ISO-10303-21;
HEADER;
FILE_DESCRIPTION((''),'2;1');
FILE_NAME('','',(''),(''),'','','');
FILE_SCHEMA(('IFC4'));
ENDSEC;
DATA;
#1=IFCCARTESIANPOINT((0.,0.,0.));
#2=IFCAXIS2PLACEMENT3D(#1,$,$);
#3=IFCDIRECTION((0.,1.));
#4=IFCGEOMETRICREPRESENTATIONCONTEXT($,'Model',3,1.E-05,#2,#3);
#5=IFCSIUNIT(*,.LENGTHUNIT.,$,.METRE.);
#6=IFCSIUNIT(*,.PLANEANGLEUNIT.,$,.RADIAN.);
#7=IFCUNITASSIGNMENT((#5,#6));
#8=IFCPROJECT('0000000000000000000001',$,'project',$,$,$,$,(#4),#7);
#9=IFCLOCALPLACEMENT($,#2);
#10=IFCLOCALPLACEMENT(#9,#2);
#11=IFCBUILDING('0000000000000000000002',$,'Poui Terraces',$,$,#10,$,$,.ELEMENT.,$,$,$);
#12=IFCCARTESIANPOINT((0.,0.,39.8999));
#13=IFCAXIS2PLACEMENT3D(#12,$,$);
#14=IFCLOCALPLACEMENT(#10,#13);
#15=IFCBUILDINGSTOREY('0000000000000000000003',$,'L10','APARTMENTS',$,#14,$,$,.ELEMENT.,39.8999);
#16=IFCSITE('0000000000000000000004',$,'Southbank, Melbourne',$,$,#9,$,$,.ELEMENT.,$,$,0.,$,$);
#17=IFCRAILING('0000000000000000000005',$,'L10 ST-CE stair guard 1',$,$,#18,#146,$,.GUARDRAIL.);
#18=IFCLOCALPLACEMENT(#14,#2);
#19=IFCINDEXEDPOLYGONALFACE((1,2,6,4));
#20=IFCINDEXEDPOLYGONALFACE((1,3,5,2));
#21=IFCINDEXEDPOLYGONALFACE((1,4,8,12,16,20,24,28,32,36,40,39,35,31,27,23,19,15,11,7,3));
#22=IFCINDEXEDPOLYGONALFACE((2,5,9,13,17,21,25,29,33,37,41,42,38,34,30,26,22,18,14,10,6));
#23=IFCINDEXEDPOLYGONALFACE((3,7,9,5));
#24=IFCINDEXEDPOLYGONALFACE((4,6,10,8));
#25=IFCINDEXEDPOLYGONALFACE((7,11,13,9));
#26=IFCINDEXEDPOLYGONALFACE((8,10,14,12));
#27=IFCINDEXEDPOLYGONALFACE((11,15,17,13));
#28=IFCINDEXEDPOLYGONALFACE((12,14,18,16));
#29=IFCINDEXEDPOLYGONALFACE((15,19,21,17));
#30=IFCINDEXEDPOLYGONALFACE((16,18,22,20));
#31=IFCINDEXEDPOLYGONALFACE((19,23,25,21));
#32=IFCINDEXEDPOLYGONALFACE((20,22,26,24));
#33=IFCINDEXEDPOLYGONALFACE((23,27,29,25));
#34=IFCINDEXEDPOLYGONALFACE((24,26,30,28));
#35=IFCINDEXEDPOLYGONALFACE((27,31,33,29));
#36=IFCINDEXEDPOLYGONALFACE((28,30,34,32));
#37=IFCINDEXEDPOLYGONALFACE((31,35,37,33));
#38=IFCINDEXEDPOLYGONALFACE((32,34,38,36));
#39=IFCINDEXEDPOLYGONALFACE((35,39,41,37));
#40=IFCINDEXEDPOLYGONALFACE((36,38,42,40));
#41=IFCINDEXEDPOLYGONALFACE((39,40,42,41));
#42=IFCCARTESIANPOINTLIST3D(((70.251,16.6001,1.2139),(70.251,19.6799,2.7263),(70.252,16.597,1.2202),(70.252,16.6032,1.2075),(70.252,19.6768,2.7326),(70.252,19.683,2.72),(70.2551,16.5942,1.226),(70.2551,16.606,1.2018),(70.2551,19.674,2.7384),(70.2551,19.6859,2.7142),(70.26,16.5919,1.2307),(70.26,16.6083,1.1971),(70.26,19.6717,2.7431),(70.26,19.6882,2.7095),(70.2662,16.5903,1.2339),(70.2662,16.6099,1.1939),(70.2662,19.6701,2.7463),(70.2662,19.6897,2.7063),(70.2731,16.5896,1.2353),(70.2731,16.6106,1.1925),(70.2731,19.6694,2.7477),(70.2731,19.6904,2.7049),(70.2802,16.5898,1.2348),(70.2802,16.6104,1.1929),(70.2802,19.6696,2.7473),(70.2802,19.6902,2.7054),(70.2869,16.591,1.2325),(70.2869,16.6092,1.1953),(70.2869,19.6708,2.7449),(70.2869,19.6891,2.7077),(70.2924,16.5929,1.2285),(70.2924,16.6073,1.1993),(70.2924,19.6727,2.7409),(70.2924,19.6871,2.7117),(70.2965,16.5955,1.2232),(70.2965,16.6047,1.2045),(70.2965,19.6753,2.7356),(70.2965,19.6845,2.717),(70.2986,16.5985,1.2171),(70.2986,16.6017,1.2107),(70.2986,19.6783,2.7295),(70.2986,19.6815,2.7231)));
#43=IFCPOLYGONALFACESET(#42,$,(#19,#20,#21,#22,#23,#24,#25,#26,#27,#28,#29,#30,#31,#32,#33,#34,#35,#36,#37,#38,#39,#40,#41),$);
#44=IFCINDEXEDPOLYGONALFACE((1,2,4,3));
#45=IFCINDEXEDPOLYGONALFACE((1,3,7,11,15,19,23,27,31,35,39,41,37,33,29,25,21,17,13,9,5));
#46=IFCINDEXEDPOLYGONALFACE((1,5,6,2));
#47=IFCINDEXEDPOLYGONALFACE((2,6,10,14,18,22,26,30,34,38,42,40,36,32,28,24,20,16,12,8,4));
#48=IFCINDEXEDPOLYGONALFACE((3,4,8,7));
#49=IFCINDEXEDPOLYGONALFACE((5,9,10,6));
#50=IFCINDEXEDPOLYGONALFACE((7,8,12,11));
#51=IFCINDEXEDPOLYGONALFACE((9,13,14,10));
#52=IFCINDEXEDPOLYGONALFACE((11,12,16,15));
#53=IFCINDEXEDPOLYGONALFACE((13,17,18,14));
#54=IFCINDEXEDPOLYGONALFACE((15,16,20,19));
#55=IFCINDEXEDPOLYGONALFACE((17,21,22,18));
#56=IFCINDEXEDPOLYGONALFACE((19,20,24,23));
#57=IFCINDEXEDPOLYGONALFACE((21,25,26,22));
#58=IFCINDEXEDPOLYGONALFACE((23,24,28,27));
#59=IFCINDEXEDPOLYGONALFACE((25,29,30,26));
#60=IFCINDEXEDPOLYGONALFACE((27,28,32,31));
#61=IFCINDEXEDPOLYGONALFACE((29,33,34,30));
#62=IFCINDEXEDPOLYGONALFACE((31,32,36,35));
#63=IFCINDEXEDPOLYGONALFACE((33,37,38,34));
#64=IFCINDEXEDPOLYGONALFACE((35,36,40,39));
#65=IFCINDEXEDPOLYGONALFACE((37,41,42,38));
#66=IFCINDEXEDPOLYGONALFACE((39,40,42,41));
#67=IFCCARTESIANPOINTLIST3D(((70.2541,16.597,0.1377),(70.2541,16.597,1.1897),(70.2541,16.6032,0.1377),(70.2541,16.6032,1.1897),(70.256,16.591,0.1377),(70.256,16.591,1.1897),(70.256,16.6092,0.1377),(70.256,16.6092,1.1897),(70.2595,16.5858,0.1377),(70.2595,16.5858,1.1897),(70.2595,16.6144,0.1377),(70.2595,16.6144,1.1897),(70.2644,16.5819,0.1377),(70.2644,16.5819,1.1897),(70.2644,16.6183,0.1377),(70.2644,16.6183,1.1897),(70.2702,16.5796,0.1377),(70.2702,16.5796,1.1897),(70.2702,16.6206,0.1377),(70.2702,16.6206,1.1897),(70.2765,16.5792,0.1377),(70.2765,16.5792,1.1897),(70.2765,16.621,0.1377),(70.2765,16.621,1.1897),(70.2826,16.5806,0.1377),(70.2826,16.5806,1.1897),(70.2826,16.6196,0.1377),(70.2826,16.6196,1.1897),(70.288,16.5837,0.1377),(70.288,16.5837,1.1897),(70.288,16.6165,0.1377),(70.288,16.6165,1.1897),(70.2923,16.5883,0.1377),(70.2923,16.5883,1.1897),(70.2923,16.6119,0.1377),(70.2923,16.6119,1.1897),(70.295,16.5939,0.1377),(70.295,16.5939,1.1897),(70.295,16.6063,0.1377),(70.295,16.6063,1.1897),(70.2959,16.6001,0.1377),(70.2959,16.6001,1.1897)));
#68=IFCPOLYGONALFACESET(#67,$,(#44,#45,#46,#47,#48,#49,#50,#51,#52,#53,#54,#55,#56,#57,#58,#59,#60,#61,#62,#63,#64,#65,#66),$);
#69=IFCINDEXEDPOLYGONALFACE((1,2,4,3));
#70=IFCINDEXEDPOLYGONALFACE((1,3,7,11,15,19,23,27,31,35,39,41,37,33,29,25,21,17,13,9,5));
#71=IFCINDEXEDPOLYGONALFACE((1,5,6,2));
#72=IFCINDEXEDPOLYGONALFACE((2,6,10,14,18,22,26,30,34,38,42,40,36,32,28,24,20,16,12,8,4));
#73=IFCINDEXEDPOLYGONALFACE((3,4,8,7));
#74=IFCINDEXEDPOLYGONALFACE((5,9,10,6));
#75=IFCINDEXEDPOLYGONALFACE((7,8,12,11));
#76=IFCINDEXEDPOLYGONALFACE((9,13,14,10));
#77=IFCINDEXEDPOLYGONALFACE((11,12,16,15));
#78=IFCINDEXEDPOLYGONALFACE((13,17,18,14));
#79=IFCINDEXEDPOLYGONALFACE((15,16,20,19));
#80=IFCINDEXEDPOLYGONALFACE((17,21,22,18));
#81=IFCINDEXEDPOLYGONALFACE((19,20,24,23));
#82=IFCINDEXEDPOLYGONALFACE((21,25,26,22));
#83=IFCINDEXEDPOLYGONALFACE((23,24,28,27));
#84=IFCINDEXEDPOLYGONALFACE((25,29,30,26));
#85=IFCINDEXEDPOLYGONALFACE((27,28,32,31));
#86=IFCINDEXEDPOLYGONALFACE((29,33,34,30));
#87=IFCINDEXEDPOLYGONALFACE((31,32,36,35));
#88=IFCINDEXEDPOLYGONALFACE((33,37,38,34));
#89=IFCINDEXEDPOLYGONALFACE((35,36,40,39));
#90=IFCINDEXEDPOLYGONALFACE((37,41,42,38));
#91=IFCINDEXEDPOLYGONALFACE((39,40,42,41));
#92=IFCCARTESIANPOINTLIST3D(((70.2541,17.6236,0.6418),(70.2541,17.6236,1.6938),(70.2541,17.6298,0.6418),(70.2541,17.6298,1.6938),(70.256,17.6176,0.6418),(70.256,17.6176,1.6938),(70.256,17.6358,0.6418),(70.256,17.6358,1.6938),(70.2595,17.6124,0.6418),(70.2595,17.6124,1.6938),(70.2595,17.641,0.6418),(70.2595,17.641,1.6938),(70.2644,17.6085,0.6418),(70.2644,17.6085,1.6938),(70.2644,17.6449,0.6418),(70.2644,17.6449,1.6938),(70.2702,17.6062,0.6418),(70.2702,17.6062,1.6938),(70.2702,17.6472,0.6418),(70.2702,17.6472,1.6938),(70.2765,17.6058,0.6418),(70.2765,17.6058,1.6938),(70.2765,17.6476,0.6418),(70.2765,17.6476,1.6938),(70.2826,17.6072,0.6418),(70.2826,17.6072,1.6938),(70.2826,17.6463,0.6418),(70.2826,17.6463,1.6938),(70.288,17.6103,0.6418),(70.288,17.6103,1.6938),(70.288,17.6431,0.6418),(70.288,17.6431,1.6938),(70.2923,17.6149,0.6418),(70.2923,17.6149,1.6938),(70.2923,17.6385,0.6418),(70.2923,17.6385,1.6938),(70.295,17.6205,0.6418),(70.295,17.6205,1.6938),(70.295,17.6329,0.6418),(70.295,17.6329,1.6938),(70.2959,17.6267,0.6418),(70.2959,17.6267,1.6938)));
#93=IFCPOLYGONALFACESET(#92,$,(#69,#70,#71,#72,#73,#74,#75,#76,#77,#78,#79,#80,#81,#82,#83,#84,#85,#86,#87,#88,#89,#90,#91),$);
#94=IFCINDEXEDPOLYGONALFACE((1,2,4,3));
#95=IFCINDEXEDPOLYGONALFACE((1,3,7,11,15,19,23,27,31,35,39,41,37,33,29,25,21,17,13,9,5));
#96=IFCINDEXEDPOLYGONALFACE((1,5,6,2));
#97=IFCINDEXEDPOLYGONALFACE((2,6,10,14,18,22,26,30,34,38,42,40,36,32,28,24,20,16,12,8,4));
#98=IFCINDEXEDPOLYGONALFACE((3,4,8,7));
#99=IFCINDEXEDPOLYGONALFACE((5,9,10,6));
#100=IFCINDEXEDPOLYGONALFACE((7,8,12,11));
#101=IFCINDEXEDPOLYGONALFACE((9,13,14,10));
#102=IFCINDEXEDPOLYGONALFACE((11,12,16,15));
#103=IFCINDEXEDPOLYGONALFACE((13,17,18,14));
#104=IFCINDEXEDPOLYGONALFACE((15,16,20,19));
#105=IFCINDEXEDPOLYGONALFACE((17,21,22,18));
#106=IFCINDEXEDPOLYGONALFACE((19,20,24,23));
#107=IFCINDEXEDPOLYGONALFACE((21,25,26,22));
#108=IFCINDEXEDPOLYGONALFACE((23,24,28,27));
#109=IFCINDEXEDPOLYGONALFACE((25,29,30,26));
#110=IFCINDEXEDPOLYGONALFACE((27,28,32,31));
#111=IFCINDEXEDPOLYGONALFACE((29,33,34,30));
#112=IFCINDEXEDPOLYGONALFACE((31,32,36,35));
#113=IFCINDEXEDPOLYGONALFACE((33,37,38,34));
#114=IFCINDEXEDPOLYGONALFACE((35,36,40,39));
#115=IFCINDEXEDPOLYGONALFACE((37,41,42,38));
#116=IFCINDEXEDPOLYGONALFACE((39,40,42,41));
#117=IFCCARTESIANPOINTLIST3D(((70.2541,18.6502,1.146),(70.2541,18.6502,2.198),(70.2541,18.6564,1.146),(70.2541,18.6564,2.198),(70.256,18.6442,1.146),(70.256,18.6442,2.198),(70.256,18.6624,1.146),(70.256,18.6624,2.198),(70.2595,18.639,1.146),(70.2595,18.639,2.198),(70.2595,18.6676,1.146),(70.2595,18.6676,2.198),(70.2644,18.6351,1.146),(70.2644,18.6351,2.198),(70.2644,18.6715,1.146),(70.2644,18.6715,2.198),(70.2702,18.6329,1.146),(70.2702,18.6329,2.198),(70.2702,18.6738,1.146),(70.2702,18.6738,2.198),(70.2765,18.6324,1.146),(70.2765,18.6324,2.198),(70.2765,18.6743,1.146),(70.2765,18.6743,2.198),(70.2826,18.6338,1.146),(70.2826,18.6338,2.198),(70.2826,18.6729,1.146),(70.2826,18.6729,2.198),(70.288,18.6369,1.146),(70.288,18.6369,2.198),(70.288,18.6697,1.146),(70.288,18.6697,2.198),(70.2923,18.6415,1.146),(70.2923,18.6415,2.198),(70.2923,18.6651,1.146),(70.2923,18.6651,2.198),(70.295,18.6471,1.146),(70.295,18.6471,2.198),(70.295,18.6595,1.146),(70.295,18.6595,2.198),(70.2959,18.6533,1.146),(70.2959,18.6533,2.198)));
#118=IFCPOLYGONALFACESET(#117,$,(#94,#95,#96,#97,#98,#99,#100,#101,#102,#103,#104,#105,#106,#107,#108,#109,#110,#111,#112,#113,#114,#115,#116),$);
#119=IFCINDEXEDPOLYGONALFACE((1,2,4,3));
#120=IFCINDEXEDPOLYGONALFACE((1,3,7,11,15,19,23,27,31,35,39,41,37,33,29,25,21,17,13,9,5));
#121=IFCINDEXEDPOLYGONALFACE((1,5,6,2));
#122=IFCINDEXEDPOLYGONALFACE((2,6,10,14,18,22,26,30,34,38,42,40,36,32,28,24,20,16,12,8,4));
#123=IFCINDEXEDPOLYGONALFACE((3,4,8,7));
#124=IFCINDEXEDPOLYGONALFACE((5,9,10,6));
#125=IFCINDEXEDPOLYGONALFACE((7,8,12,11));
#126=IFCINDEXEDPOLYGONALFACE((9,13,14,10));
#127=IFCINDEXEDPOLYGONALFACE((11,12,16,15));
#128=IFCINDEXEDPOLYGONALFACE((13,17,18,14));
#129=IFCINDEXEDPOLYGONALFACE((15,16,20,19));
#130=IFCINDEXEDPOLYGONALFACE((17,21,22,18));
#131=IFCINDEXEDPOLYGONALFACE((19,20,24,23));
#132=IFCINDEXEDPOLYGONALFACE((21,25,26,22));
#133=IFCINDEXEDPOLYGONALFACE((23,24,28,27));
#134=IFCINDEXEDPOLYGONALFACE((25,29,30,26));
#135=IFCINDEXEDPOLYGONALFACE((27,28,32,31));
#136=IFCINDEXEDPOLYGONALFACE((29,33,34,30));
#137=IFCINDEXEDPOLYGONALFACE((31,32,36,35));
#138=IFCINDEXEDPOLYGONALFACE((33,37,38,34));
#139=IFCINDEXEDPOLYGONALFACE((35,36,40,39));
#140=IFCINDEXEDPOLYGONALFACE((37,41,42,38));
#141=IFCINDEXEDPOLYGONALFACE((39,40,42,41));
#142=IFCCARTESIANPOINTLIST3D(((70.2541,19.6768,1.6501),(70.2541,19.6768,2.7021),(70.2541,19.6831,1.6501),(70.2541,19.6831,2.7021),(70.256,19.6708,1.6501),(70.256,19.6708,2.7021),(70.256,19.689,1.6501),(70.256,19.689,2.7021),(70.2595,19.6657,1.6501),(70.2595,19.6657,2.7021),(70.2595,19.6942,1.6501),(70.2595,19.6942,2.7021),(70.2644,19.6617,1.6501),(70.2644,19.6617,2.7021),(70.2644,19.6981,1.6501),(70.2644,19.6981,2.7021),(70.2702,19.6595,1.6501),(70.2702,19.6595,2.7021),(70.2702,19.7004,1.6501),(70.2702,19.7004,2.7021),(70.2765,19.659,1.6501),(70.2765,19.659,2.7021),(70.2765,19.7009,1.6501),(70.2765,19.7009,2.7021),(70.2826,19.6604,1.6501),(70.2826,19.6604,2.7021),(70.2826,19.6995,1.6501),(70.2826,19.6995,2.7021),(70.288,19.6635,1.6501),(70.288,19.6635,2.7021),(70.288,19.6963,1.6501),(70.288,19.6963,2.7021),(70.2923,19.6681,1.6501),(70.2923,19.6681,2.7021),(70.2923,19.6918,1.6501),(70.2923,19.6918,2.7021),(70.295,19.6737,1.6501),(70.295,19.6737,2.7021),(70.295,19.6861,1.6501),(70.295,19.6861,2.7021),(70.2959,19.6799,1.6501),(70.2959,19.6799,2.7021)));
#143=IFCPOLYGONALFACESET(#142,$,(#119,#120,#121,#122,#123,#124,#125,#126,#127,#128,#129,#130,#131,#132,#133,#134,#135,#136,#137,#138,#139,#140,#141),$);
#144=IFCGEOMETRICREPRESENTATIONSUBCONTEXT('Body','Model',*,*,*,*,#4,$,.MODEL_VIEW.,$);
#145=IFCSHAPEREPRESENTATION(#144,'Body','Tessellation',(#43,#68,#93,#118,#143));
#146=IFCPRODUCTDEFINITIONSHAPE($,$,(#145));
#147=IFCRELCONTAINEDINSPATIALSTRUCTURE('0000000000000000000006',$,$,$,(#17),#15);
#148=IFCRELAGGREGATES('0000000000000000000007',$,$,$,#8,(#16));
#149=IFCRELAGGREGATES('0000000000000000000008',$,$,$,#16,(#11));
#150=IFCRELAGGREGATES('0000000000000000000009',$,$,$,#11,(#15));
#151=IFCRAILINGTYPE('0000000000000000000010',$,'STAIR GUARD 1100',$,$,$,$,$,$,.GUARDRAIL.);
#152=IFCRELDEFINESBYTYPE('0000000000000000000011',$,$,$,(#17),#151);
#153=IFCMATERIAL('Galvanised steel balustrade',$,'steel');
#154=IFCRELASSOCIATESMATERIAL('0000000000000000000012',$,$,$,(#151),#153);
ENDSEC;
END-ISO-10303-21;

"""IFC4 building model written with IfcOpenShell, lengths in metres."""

from ifc_helpers import new_model, si_unit, direction, frame, origin, origin_2d, place, context, subcontext, project, spatial, circle, extrude, material, type_object, element, save


model = new_model("IFC4")

# Units and contexts
model_context = context("Model", 3, precision=1e-05, world=origin(), true_north=direction((0.0, 1.0)))
body_context = subcontext(model_context, "Body", "Model", "MODEL_VIEW")
ifc_project = project(units=[si_unit("LENGTHUNIT", "METRE"), si_unit("PLANEANGLEUNIT", "RADIAN")], contexts=[model_context])

# Site, building, storey
site_placement = place(None, origin())
site = spatial("IfcSite", under=ifc_project, at=site_placement, Name="Southbank, Melbourne", CompositionType="ELEMENT", RefElevation=0.0)
building_placement = place(site_placement, origin())
building = spatial("IfcBuilding", under=site, at=building_placement, Name="Poui Terraces", CompositionType="ELEMENT")
storey_placement = place(building_placement, frame((0.0, 0.0, 39.8999)))
storey = spatial("IfcBuildingStorey", under=building, at=storey_placement, Name="L10", Description="APARTMENTS", CompositionType="ELEMENT", Elevation=39.8999)

# Railing
ifc_material_1 = material(Name="Galvanised steel balustrade", Category="steel")
railing_type = type_object("IfcRailingType", Name="STAIR GUARD 1100", PredefinedType="GUARDRAIL", material=ifc_material_1)
railing_1_placement = place(storey_placement, frame((70.2749, 16.6001, 0.1377)))
element("IfcRailing", 1, at=railing_1_placement, inside=storey, type_object=railing_type, Name="L10 ST-CE stair guard 1", PredefinedType="GUARDRAIL", context=body_context, shape_type="SweptSolid", body=[
    extrude(circle(Radius=0.0239, at=origin_2d()), frame((0.0, 0.0, 1.0762), z_axis=(0.0, 0.897606, 0.440798), x_axis=(-1.0, 0.0, 0.0)), (0.0, 0.0, 1.0), 3.4312),
    extrude(circle(Radius=0.021, at=origin_2d()), origin(), (0.0, 0.0, 1.0), 1.052),
    extrude(circle(Radius=0.021, at=origin_2d()), frame((0.0, 1.0266, 0.5042)), (0.0, 0.0, 1.0), 1.052),
    extrude(circle(Radius=0.021, at=origin_2d()), frame((0.0, 2.0532, 1.0083)), (0.0, 0.0, 1.0), 1.052),
    extrude(circle(Radius=0.021, at=origin_2d()), frame((0.0, 3.0798, 1.5125)), (0.0, 0.0, 1.0), 1.052),
])

save(model, "model.ifc")
